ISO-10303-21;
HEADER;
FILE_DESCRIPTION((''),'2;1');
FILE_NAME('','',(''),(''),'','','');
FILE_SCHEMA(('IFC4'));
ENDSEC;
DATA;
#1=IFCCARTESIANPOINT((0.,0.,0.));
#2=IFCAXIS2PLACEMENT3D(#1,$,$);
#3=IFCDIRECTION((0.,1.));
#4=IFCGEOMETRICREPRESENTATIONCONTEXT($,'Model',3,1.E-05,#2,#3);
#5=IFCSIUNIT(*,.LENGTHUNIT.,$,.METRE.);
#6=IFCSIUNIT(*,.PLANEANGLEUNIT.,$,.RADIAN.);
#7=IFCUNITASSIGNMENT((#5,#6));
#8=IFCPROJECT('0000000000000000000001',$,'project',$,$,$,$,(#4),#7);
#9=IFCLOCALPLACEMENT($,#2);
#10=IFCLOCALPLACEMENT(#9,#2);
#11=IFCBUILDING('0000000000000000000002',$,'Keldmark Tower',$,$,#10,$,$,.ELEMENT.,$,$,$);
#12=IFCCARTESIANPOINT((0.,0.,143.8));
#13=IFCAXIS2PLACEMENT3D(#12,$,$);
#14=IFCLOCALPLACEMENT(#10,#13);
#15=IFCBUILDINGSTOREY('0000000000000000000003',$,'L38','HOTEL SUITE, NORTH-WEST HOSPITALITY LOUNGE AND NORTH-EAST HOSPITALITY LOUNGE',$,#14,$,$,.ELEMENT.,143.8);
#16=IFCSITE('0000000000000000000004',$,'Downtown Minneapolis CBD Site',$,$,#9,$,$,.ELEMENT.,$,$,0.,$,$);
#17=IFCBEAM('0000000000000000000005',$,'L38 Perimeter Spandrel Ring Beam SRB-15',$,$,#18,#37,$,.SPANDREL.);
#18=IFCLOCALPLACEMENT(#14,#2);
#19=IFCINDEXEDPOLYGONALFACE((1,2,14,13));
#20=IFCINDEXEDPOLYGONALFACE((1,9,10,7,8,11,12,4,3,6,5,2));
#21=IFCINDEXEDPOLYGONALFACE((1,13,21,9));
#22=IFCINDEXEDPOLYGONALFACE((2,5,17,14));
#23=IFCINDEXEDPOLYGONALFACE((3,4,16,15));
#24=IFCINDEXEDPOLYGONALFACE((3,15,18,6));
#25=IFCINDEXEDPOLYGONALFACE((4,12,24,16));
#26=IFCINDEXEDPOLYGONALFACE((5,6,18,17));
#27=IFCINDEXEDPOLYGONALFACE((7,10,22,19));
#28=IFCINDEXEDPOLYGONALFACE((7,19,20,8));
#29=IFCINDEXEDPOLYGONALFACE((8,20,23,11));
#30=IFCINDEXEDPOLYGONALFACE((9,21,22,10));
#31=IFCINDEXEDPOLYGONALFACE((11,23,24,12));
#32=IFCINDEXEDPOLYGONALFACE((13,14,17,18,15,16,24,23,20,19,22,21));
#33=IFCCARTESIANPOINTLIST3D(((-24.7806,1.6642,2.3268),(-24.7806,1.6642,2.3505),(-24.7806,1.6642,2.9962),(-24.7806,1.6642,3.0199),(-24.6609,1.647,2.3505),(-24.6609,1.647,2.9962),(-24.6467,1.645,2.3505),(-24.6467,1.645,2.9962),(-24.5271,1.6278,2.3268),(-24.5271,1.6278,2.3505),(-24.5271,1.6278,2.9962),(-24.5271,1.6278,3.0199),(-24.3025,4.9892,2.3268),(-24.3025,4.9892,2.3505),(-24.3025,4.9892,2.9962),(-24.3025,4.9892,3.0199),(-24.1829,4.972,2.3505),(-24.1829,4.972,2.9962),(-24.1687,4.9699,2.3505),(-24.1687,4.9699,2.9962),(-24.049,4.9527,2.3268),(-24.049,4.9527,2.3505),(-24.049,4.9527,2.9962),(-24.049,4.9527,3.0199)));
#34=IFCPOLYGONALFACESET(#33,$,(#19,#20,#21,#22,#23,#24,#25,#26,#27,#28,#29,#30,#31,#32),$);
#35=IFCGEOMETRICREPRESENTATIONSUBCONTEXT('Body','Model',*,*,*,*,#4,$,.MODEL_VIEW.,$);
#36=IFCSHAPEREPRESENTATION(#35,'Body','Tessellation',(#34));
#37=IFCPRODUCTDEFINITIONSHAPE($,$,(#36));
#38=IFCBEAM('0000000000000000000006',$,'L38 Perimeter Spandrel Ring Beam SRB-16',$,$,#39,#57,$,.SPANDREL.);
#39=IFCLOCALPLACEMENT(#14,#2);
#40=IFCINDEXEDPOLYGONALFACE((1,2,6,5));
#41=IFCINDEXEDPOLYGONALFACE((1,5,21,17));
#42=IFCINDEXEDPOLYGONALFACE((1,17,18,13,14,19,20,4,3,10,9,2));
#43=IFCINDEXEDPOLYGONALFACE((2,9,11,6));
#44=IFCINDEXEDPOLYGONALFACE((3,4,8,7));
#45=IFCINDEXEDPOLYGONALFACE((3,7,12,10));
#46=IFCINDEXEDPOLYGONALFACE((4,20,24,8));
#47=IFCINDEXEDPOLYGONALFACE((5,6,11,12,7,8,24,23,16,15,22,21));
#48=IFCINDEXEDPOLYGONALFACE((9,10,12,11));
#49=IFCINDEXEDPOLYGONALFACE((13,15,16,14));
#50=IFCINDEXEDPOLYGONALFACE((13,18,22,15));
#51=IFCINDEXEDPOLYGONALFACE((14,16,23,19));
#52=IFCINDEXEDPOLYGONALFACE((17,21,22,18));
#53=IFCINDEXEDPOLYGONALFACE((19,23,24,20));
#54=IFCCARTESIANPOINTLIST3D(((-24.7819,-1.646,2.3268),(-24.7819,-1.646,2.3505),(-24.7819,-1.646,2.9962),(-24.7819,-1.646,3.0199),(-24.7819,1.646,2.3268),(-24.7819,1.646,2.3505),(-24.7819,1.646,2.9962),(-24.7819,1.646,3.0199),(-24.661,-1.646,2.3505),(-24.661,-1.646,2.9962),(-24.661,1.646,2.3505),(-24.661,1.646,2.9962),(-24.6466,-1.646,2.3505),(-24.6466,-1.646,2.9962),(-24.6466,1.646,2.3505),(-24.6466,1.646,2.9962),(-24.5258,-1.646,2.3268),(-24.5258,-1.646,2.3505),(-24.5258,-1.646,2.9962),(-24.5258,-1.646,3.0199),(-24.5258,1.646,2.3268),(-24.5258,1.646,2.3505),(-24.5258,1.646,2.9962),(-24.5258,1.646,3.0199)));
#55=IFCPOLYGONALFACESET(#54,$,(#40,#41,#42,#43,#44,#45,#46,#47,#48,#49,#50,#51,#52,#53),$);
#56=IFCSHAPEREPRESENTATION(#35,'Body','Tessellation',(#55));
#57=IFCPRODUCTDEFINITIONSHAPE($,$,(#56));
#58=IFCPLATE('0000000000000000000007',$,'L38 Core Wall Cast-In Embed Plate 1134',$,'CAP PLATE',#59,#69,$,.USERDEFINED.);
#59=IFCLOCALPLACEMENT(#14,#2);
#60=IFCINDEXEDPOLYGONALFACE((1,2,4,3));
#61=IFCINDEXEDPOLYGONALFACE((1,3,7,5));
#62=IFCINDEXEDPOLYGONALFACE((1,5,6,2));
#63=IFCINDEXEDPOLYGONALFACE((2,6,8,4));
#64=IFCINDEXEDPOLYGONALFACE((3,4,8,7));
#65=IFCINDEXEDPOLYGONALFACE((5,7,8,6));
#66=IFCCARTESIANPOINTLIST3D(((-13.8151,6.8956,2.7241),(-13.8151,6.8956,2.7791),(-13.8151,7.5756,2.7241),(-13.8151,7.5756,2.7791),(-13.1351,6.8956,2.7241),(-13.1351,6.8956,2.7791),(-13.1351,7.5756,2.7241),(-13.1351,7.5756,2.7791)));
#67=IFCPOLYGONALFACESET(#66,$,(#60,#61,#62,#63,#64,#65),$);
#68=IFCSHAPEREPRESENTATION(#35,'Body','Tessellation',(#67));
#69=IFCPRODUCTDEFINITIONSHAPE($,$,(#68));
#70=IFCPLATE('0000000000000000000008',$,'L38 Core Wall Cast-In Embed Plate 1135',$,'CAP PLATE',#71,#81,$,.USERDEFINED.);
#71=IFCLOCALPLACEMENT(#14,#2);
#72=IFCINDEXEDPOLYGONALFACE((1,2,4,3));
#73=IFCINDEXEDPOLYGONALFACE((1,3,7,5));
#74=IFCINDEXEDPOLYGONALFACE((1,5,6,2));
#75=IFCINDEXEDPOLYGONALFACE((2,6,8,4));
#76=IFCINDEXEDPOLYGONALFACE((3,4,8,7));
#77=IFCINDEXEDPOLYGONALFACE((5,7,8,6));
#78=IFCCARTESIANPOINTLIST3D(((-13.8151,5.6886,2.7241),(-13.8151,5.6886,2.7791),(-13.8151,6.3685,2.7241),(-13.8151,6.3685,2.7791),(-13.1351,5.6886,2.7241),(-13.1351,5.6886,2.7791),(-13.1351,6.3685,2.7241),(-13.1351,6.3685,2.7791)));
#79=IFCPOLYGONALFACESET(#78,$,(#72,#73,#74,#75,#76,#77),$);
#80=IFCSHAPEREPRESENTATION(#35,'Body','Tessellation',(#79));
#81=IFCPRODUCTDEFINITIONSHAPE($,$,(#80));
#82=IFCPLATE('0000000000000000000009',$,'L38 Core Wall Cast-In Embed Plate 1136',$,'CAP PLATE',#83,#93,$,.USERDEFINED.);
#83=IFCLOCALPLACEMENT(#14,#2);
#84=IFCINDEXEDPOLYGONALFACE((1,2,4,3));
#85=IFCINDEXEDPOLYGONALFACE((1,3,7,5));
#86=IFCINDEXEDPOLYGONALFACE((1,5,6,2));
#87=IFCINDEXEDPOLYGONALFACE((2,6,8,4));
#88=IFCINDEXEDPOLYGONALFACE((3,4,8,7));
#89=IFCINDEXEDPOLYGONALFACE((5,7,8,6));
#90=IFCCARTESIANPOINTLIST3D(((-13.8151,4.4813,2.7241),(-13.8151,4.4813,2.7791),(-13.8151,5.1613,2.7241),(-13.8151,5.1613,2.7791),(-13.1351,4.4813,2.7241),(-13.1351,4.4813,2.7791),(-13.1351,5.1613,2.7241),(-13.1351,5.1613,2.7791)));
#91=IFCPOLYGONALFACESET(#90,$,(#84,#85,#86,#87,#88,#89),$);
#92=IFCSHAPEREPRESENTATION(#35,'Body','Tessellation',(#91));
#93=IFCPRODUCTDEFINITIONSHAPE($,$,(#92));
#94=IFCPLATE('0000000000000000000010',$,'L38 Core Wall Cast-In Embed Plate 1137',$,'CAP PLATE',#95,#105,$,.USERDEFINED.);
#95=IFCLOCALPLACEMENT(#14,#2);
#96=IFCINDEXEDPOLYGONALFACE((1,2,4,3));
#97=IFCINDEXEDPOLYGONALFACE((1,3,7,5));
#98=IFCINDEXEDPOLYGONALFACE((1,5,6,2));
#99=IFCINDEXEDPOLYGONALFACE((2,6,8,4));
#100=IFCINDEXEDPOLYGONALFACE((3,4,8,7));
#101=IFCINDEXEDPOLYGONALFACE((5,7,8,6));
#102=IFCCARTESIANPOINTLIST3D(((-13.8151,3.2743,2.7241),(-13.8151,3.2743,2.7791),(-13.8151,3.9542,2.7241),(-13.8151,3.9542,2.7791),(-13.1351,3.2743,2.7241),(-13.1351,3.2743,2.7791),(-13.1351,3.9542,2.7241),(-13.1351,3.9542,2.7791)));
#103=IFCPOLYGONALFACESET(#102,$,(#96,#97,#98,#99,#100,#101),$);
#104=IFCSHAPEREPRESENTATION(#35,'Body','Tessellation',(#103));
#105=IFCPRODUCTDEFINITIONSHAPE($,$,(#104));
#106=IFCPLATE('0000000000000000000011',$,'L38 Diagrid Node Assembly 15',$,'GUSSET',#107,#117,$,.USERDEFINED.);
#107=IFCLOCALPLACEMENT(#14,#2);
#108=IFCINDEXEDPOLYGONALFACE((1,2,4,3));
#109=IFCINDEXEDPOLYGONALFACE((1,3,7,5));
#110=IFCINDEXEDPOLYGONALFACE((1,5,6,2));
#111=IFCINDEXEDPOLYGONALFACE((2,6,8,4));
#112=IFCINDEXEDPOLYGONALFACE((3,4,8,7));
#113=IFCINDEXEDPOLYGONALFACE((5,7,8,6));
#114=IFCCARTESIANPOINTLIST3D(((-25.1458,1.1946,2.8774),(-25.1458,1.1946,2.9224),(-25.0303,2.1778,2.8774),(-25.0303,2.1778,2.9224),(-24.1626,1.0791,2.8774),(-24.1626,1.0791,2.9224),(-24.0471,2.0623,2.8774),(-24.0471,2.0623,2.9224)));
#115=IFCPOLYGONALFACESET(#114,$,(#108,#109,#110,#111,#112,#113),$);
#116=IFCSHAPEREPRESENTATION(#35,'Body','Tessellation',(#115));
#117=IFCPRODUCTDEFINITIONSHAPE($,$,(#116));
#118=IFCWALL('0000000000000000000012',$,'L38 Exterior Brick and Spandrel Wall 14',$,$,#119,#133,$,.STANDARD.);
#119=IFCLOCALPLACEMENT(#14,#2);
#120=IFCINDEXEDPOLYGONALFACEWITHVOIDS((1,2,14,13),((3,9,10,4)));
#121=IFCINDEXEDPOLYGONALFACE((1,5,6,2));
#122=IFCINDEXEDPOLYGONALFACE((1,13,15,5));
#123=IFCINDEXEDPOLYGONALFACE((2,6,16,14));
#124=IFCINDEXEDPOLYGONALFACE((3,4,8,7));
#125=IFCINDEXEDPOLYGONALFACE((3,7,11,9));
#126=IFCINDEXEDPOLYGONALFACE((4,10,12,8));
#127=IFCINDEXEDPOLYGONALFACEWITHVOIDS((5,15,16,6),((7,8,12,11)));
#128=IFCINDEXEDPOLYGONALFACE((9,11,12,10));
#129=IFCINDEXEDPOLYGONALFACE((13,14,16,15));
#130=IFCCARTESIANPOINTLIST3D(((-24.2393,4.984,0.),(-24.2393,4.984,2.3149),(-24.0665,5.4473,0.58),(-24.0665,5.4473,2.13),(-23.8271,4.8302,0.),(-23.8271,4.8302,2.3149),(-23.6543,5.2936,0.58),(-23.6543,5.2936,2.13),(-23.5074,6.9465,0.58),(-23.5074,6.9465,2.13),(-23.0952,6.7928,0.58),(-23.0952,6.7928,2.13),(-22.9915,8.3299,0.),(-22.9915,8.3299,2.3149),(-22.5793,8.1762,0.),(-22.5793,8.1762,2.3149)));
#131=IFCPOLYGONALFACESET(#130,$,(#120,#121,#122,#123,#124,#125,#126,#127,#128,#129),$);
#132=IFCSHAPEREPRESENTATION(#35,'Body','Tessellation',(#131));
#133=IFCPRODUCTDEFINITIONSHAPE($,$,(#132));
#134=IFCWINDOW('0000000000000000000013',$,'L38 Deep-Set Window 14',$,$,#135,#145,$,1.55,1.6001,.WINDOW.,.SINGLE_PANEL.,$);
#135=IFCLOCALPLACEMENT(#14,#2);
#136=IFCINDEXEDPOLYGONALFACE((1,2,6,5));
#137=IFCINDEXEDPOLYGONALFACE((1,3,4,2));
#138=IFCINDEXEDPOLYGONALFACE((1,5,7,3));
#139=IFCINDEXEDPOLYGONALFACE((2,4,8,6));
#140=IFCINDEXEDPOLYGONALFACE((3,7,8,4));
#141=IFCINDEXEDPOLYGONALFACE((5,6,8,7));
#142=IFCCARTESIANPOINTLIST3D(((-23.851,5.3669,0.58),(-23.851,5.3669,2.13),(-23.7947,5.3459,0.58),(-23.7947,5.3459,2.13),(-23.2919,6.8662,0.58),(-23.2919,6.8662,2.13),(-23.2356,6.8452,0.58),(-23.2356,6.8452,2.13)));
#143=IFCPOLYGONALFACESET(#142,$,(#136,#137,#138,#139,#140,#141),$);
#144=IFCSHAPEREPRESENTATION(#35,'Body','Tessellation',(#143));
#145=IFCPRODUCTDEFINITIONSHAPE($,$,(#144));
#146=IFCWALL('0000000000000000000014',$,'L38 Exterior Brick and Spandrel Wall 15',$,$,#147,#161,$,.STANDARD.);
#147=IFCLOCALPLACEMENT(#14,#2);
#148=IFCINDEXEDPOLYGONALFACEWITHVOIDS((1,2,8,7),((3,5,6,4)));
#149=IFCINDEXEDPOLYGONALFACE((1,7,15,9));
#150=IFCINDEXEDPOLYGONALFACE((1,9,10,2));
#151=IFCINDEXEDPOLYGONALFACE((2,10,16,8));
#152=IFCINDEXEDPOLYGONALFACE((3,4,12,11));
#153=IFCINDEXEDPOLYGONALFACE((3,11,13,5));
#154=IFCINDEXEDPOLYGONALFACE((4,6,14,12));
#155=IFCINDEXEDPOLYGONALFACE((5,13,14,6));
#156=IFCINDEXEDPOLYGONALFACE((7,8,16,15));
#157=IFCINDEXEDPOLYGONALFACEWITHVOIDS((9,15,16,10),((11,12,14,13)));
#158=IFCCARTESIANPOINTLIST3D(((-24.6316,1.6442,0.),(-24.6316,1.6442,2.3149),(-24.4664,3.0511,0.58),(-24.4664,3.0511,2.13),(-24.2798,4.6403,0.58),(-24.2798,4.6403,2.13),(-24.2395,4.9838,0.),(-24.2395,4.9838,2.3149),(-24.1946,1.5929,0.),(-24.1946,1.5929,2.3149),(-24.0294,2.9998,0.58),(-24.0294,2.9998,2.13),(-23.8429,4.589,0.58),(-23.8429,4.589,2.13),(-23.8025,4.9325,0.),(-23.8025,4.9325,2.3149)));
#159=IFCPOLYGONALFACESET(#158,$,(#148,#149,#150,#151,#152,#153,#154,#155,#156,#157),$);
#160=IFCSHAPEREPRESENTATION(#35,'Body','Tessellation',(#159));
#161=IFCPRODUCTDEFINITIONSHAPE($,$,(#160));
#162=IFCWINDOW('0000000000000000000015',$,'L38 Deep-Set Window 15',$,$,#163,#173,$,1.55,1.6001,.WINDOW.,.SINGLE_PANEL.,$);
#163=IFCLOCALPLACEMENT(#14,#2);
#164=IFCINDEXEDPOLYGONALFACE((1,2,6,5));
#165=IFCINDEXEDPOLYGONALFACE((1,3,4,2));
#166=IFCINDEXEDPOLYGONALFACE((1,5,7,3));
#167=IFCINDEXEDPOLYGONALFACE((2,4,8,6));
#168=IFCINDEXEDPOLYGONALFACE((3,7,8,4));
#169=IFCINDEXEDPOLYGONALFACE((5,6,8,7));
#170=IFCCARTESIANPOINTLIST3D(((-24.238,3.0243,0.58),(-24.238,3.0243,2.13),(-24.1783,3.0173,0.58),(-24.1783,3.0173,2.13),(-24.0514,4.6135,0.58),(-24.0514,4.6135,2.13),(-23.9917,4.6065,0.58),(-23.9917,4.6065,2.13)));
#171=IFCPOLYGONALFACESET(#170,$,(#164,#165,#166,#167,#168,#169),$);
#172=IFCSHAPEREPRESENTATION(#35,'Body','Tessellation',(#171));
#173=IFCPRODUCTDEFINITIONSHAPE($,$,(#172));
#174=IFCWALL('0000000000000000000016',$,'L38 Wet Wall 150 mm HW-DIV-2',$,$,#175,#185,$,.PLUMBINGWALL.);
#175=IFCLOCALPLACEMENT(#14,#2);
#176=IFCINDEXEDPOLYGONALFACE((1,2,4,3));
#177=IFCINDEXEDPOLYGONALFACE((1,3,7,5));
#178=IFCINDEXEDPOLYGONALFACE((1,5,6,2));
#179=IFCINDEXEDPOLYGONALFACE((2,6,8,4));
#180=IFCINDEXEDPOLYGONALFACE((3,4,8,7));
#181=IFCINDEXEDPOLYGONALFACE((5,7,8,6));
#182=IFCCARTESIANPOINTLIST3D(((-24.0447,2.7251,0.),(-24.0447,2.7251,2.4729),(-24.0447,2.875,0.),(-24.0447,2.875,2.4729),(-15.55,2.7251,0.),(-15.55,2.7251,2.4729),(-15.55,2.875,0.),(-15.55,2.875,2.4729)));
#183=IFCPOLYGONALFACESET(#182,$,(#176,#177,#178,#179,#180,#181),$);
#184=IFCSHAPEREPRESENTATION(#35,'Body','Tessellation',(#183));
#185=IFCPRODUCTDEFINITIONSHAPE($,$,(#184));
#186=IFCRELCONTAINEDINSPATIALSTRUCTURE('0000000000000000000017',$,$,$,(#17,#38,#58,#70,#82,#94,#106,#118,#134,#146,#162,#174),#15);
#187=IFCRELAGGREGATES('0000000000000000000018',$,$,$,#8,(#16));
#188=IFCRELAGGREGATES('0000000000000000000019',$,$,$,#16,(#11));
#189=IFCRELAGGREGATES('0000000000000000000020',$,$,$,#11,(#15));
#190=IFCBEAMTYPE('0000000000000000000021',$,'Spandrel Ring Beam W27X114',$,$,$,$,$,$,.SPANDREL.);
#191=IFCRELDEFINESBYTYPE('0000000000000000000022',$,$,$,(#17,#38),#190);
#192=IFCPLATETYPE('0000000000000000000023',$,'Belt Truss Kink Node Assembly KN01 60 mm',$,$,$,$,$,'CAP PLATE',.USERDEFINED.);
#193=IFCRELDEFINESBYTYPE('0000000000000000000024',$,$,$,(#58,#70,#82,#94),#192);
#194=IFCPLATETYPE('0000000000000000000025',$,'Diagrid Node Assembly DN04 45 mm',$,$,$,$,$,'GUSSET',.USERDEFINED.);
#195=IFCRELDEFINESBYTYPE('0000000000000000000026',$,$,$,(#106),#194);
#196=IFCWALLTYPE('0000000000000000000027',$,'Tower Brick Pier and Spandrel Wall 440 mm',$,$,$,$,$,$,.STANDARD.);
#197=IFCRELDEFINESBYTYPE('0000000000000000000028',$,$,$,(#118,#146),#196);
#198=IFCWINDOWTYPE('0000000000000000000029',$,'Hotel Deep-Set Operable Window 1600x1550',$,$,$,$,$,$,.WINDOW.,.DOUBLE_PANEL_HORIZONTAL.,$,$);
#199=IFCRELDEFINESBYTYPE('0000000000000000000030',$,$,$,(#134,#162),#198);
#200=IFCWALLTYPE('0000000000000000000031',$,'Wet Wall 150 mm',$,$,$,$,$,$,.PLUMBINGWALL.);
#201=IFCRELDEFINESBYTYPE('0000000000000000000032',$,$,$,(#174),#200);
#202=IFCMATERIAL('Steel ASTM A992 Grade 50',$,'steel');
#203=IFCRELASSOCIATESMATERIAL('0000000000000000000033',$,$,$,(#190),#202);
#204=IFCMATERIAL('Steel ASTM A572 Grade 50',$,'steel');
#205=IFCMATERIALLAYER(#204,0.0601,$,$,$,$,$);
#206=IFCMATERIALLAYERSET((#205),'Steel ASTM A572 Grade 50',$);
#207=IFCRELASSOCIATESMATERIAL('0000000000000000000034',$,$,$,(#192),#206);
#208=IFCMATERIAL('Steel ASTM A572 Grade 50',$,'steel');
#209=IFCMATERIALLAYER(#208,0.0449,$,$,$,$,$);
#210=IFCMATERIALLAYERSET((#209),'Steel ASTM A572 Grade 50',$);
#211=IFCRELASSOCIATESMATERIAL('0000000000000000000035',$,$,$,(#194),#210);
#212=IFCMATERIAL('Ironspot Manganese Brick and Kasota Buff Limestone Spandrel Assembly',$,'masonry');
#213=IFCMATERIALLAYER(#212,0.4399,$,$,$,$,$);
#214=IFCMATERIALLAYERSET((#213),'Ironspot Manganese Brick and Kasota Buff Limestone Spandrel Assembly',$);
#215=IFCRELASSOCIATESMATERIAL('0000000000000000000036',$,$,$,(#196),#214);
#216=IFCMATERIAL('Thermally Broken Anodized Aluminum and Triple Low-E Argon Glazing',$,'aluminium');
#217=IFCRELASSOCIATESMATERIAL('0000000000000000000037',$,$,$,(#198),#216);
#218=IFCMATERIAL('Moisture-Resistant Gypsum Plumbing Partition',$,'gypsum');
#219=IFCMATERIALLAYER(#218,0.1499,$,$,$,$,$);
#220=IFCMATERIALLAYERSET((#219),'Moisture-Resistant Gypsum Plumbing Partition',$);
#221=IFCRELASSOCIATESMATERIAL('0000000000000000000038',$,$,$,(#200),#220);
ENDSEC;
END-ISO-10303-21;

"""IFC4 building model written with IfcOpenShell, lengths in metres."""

from ifc_helpers import new_model, si_unit, direction, frame, frame_2d, origin, origin_2d, place, context, subcontext, project, spatial, rectangle, i_section, extrude, material, layer, layer_set, material_profile, profile_set, type_object, element, fill, save


model = new_model("IFC4")

# Units and contexts
model_context = context("Model", 3, precision=1e-05, world=origin(), true_north=direction((0.0, 1.0)))
body_context = subcontext(model_context, "Body", "Model", "MODEL_VIEW")
ifc_project = project(units=[si_unit("LENGTHUNIT", "METRE"), si_unit("PLANEANGLEUNIT", "RADIAN")], contexts=[model_context])

# Site, building, storey
site_placement = place(None, origin())
site = spatial("IfcSite", under=ifc_project, at=site_placement, Name="Downtown Minneapolis CBD Site", CompositionType="ELEMENT", RefElevation=0.0)
building_placement = place(site_placement, origin())
building = spatial("IfcBuilding", under=site, at=building_placement, Name="Keldmark Tower", CompositionType="ELEMENT")
storey_placement = place(building_placement, frame((0.0, 0.0, 143.8)))
storey = spatial("IfcBuildingStorey", under=building, at=storey_placement, Name="L38", Description="HOTEL SUITE, NORTH-WEST HOSPITALITY LOUNGE AND NORTH-EAST HOSPITALITY LOUNGE", CompositionType="ELEMENT", Elevation=143.8)

# Beams
ifc_material_1 = material(Name="Steel ASTM A992 Grade 50", Category="steel")
ifc_material_profile_1 = material_profile(ifc_material_1, i_section(OverallWidth=0.2561, OverallDepth=0.6931, WebThickness=0.0144, FlangeThickness=0.0237, at=origin_2d()), Name="W27X114")
ifc_profile_set_1 = profile_set([ifc_material_profile_1], Name="Steel ASTM A992 Grade 50")
beam_type_1 = type_object("IfcBeamType", Name="Spandrel Ring Beam W27X114", PredefinedType="SPANDREL", material=ifc_profile_set_1)
beam_1_placement = place(storey_placement, frame((-24.1758, 4.9709, 2.6733), z_axis=(-0.142307, -0.989823, 0.0), x_axis=(0.989823, -0.142307, 0.0)))
element("IfcBeam", 1, at=beam_1_placement, inside=storey, type_object=beam_type_1, Name="L38 Perimeter Spandrel Ring Beam SRB-15", PredefinedType="SPANDREL", context=body_context, shape_type="SweptSolid", body=[
    extrude(i_section(OverallWidth=0.2561, OverallDepth=0.6931, WebThickness=0.0144, FlangeThickness=0.0237, at=origin_2d()), origin(), (0.0, 0.0, 1.0), 3.3591),
])
beam_2_placement = place(storey_placement, frame((-24.6538, 1.646, 2.6733), z_axis=(0.0, -1.0, 0.0), x_axis=(1.0, 0.0, 0.0)))
element("IfcBeam", 2, at=beam_2_placement, inside=storey, type_object=beam_type_1, Name="L38 Perimeter Spandrel Ring Beam SRB-16", PredefinedType="SPANDREL", context=body_context, shape_type="SweptSolid", body=[
    extrude(i_section(OverallWidth=0.2561, OverallDepth=0.6931, WebThickness=0.0144, FlangeThickness=0.0237, at=origin_2d()), origin(), (0.0, 0.0, 1.0), 3.292),
])

# Plates
ifc_material_2 = material(Name="Steel ASTM A572 Grade 50", Category="steel")
ifc_layer_1 = layer(ifc_material_2, 0.0601)
ifc_layer_set_1 = layer_set([ifc_layer_1], Name="Steel ASTM A572 Grade 50")
plate_type_1 = type_object("IfcPlateType", Name="Belt Truss Kink Node Assembly KN01 60 mm", ElementType="CAP PLATE", PredefinedType="USERDEFINED", material=ifc_layer_set_1)
for number, where, z_axis, x_axis, name in (
    (3, (-13.4751, 7.2356, 2.7241), (0.0, 0.0, 1.0), (1.0, 0.0, 0.0), "L38 Core Wall Cast-In Embed Plate 1134"),
    (4, (-13.4751, 6.0286, 2.7241), (0.0, 0.0, 1.0), (1.0, 0.0, 0.0), "L38 Core Wall Cast-In Embed Plate 1135"),
    (5, (-13.4751, 4.8213, 2.7241), (0.0, 0.0, 1.0), (1.0, 0.0, 0.0), "L38 Core Wall Cast-In Embed Plate 1136"),
    (6, (-13.4751, 3.6143, 2.7241), (0.0, 0.0, 1.0), (1.0, 0.0, 0.0), "L38 Core Wall Cast-In Embed Plate 1137"),
):
    element("IfcPlate", number, at=place(storey_placement, frame(where, z_axis=z_axis, x_axis=x_axis)), inside=storey, type_object=plate_type_1, Name=name, ObjectType="CAP PLATE", PredefinedType="USERDEFINED", context=body_context, shape_type="SweptSolid", body=[
        extrude(rectangle(XDim=0.6799, YDim=0.6799, at=origin_2d()), origin(), (0.0, 0.0, 1.0), 0.0549),
    ])
ifc_material_3 = material(Name="Steel ASTM A572 Grade 50", Category="steel")
ifc_layer_2 = layer(ifc_material_3, 0.0449)
ifc_layer_set_2 = layer_set([ifc_layer_2], Name="Steel ASTM A572 Grade 50")
plate_type_2 = type_object("IfcPlateType", Name="Diagrid Node Assembly DN04 45 mm", ElementType="GUSSET", PredefinedType="USERDEFINED", material=ifc_layer_set_2)
plate_placement = place(storey_placement, frame((-24.5964, 1.6284, 2.8774), z_axis=(0.0, 0.0, 1.0), x_axis=(-0.116671, -0.993171, 0.0)))
element("IfcPlate", 7, at=plate_placement, inside=storey, type_object=plate_type_2, Name="L38 Diagrid Node Assembly 15", ObjectType="GUSSET", PredefinedType="USERDEFINED", context=body_context, shape_type="SweptSolid", body=[
    extrude(rectangle(XDim=0.99, YDim=0.99, at=origin_2d()), origin(), (0.0, 0.0, 1.0), 0.0449),
])

# Walls, openings, windows
ifc_material_4 = material(Name="Ironspot Manganese Brick and Kasota Buff Limestone Spandrel Assembly", Category="masonry")
ifc_layer_3 = layer(ifc_material_4, 0.4399)
ifc_layer_set_3 = layer_set([ifc_layer_3], Name="Ironspot Manganese Brick and Kasota Buff Limestone Spandrel Assembly")
wall_type_1 = type_object("IfcWallType", Name="Tower Brick Pier and Spandrel Wall 440 mm", PredefinedType="STANDARD", material=ifc_layer_set_3)
wall_1_placement = place(storey_placement, frame((-24.0332, 4.907, 0.0), z_axis=(0.0, 0.0, 1.0), x_axis=(0.349422, 0.936965, 0.0)))
wall_1 = element("IfcWall", 8, at=wall_1_placement, inside=storey, type_object=wall_type_1, Name="L38 Exterior Brick and Spandrel Wall 14", PredefinedType="STANDARD", context=body_context, shape_type="SweptSolid", body=[
    extrude(rectangle(XDim=3.571, YDim=0.4399, at=frame_2d((1.7856, 0.0))), origin(), (0.0, 0.0, 1.0), 2.3149),
])
opening_1_placement = place(wall_1_placement, frame((0.4946, 0.0, 0.5801)))
opening_1 = element("IfcOpeningElement", 9, at=opening_1_placement, cuts=wall_1, PredefinedType="OPENING", context=body_context, shape_type="SweptSolid", body=[
    extrude(rectangle(XDim=1.6001, YDim=1.55, at=frame_2d((0.8, 0.7749))), frame((0.0, 0.23, 0.0), z_axis=(0.0, -1.0, 0.0), x_axis=(1.0, 0.0, 0.0)), (0.0, 0.0, 1.0), 0.46),
])
ifc_material_5 = material(Name="Thermally Broken Anodized Aluminum and Triple Low-E Argon Glazing", Category="aluminium")
window_type = type_object("IfcWindowType", Name="Hotel Deep-Set Operable Window 1600x1550", PartitioningType="DOUBLE_PANEL_HORIZONTAL", PredefinedType="WINDOW", material=ifc_material_5)
window_1_placement = place(opening_1_placement, origin())
window_1 = element("IfcWindow", 10, at=window_1_placement, inside=storey, type_object=window_type, Name="L38 Deep-Set Window 14", OverallHeight=1.55, OverallWidth=1.6001, PartitioningType="SINGLE_PANEL", PredefinedType="WINDOW", context=body_context, shape_type="SweptSolid", body=[
    extrude(rectangle(XDim=1.6001, YDim=1.55, at=frame_2d((0.8, 0.7749))), frame((0.0, -0.01, 0.0), z_axis=(0.0, -1.0, 0.0), x_axis=(1.0, 0.0, 0.0)), (0.0, 0.0, 1.0), 0.0601),
])
fill(opening_1, window_1)
wall_2_placement = place(storey_placement, frame((-24.4131, 1.6187, 0.0), z_axis=(0.0, 0.0, 1.0), x_axis=(0.116605, 0.993178, 0.0)))
wall_2 = element("IfcWall", 11, at=wall_2_placement, inside=storey, type_object=wall_type_1, Name="L38 Exterior Brick and Spandrel Wall 15", PredefinedType="STANDARD", context=body_context, shape_type="SweptSolid", body=[
    extrude(rectangle(XDim=3.3625, YDim=0.4399, at=frame_2d((1.6812, 0.0))), origin(), (0.0, 0.0, 1.0), 2.3149),
])
opening_2_placement = place(wall_2_placement, frame((1.4165, 0.0, 0.5801)))
opening_2 = element("IfcOpeningElement", 12, at=opening_2_placement, cuts=wall_2, PredefinedType="OPENING", context=body_context, shape_type="SweptSolid", body=[
    extrude(rectangle(XDim=1.6001, YDim=1.55, at=frame_2d((0.8, 0.7749))), frame((0.0, 0.23, 0.0), z_axis=(0.0, -1.0, 0.0), x_axis=(1.0, 0.0, 0.0)), (0.0, 0.0, 1.0), 0.46),
])
window_2_placement = place(opening_2_placement, origin())
window_2 = element("IfcWindow", 13, at=window_2_placement, inside=storey, type_object=window_type, Name="L38 Deep-Set Window 15", OverallHeight=1.55, OverallWidth=1.6001, PartitioningType="SINGLE_PANEL", PredefinedType="WINDOW", context=body_context, shape_type="SweptSolid", body=[
    extrude(rectangle(XDim=1.6001, YDim=1.55, at=frame_2d((0.8, 0.7749))), frame((0.0, -0.01, 0.0), z_axis=(0.0, -1.0, 0.0), x_axis=(1.0, 0.0, 0.0)), (0.0, 0.0, 1.0), 0.0601),
])
fill(opening_2, window_2)

# Wall
ifc_material_6 = material(Name="Moisture-Resistant Gypsum Plumbing Partition", Category="gypsum")
ifc_layer_4 = layer(ifc_material_6, 0.1499)
ifc_layer_set_4 = layer_set([ifc_layer_4], Name="Moisture-Resistant Gypsum Plumbing Partition")
wall_type_2 = type_object("IfcWallType", Name="Wet Wall 150 mm", PredefinedType="PLUMBINGWALL", material=ifc_layer_set_4)
wall_3_placement = place(storey_placement, frame((-24.0447, 2.8, 0.0), z_axis=(0.0, 0.0, 1.0), x_axis=(1.0, 0.0, 0.0)))
element("IfcWall", 14, at=wall_3_placement, inside=storey, type_object=wall_type_2, Name="L38 Wet Wall 150 mm HW-DIV-2", PredefinedType="PLUMBINGWALL", context=body_context, shape_type="SweptSolid", body=[
    extrude(rectangle(XDim=8.4946, YDim=0.1499, at=frame_2d((4.2473, 0.0))), origin(), (0.0, 0.0, 1.0), 2.4729),
])

save(model, "model.ifc")
